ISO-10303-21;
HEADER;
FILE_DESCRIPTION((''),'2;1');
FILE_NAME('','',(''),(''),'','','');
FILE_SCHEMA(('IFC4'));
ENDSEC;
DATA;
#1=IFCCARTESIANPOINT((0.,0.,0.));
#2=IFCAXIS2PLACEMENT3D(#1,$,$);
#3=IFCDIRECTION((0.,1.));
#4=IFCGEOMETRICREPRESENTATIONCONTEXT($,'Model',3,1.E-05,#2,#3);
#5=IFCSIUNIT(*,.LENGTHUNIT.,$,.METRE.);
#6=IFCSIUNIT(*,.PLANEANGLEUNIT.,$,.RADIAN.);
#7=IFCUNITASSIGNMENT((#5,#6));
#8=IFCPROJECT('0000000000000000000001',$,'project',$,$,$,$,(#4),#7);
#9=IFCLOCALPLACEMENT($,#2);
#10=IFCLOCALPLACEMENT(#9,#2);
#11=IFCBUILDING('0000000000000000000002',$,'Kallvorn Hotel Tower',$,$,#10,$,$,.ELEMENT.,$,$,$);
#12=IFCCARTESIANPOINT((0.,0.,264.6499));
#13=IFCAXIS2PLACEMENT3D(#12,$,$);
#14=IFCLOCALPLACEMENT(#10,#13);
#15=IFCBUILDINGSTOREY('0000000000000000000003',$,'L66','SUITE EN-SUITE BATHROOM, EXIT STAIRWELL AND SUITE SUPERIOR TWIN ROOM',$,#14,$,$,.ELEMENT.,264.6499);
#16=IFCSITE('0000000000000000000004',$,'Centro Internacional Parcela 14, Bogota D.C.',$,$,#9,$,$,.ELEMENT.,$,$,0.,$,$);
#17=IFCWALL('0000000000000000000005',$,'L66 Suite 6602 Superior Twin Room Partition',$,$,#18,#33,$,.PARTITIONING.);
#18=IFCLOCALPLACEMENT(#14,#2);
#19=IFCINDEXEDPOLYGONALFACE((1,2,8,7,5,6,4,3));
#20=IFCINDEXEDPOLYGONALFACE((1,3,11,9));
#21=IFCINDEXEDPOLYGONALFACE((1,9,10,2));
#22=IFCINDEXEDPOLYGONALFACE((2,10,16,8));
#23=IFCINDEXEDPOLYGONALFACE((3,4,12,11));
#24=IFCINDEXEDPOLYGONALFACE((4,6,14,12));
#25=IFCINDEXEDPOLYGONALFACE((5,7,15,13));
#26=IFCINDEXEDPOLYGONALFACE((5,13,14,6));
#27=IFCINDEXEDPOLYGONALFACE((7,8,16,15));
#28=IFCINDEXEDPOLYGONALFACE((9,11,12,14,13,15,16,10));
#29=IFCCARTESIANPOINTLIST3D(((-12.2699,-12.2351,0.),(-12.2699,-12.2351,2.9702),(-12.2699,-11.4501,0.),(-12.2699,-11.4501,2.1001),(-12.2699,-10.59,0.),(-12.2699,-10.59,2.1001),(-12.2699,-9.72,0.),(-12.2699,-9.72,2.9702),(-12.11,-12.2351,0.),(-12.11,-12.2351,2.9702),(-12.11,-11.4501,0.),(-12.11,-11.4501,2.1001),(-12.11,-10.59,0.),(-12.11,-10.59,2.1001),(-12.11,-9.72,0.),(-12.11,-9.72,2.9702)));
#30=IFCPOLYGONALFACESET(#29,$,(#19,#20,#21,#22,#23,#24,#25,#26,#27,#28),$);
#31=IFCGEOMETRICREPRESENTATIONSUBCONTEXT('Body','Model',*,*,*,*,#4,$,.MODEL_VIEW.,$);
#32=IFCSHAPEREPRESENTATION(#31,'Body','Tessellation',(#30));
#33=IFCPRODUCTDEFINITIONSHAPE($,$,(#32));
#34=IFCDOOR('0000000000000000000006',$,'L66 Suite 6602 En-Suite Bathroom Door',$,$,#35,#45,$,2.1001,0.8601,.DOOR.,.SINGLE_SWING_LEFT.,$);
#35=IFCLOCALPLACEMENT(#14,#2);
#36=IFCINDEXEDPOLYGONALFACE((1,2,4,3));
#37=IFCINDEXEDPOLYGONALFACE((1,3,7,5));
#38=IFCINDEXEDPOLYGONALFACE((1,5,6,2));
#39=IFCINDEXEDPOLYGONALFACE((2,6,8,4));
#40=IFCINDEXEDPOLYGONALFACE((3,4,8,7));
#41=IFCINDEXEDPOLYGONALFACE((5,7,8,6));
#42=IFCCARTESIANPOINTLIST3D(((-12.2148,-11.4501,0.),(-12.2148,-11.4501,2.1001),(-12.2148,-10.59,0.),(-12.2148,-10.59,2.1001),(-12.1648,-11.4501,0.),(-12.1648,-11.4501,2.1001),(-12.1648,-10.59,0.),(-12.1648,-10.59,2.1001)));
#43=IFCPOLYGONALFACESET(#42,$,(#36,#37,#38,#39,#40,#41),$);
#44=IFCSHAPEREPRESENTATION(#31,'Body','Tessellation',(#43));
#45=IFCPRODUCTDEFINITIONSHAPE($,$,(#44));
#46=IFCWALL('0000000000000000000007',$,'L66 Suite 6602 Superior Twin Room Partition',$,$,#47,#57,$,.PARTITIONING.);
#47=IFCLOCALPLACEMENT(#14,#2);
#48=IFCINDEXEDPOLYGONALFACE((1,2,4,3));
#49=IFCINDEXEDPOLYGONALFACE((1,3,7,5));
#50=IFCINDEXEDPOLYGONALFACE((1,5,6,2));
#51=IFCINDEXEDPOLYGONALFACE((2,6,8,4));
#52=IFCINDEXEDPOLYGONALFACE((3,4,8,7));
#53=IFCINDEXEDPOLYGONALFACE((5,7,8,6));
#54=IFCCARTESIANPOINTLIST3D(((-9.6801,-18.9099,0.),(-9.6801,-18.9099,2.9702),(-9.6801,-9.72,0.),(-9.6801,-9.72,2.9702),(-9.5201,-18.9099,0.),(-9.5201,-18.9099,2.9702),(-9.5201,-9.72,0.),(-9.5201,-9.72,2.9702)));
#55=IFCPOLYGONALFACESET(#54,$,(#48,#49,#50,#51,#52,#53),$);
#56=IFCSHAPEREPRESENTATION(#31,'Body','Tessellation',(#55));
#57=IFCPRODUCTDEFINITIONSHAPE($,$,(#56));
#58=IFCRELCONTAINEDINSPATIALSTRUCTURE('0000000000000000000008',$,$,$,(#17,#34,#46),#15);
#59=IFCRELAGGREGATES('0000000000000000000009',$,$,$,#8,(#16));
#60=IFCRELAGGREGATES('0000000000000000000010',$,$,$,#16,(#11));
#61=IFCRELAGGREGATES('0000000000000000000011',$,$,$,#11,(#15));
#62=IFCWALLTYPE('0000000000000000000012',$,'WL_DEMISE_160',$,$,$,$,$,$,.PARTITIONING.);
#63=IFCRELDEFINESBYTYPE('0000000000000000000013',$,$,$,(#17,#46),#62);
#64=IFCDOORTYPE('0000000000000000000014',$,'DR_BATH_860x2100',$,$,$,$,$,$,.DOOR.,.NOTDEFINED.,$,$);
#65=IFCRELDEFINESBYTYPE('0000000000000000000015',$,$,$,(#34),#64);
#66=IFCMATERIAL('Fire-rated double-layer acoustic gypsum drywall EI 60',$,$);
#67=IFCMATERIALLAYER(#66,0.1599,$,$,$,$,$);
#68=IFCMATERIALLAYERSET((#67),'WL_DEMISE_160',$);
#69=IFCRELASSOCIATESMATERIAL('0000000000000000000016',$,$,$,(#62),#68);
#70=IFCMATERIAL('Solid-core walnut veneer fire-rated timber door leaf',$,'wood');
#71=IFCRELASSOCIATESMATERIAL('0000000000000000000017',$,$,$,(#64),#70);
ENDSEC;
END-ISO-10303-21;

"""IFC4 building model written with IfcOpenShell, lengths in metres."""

from ifc_helpers import new_model, si_unit, direction, frame, frame_2d, origin, place, context, subcontext, project, spatial, rectangle, extrude, material, layer, layer_set, type_object, element, fill, save


model = new_model("IFC4")

# Units and contexts
model_context = context("Model", 3, precision=1e-05, world=origin(), true_north=direction((0.0, 1.0)))
body_context = subcontext(model_context, "Body", "Model", "MODEL_VIEW")
ifc_project = project(units=[si_unit("LENGTHUNIT", "METRE"), si_unit("PLANEANGLEUNIT", "RADIAN")], contexts=[model_context])

# Site, building, storey
site_placement = place(None, origin())
site = spatial("IfcSite", under=ifc_project, at=site_placement, Name="Centro Internacional Parcela 14, Bogota D.C.", CompositionType="ELEMENT", RefElevation=0.0)
building_placement = place(site_placement, origin())
building = spatial("IfcBuilding", under=site, at=building_placement, Name="Kallvorn Hotel Tower", CompositionType="ELEMENT")
storey_placement = place(building_placement, frame((0.0, 0.0, 264.6499)))
storey = spatial("IfcBuildingStorey", under=building, at=storey_placement, Name="L66", Description="SUITE EN-SUITE BATHROOM, EXIT STAIRWELL AND SUITE SUPERIOR TWIN ROOM", CompositionType="ELEMENT", Elevation=264.6499)

# Shared definitions
ifc_material_1 = material(Name="Fire-rated double-layer acoustic gypsum drywall EI 60")
ifc_layer_1 = layer(ifc_material_1, 0.1599)
ifc_layer_set_1 = layer_set([ifc_layer_1], Name="WL_DEMISE_160")
wall_type = type_object("IfcWallType", Name="WL_DEMISE_160", PredefinedType="PARTITIONING", material=ifc_layer_set_1)

# Shared definitions
ifc_material_2 = material(Name="Solid-core walnut veneer fire-rated timber door leaf", Category="wood")
door_type = type_object("IfcDoorType", Name="DR_BATH_860x2100", OperationType="NOTDEFINED", PredefinedType="DOOR", material=ifc_material_2)

# Wall, opening, door
wall_1_placement = place(storey_placement, frame((-12.1899, -12.2351, 0.0), z_axis=(0.0, 0.0, 1.0), x_axis=(0.0, 1.0, 0.0)))
wall_1 = element("IfcWall", 1, at=wall_1_placement, inside=storey, type_object=wall_type, Name="L66 Suite 6602 Superior Twin Room Partition", PredefinedType="PARTITIONING", context=body_context, shape_type="SweptSolid", body=[
    extrude(rectangle(XDim=2.5151, YDim=0.1599, at=frame_2d((1.2576, 0.0))), origin(), (0.0, 0.0, 1.0), 2.9702),
])
opening_1_placement = place(wall_1_placement, frame((0.7849, 0.0, 0.0)))
opening_1 = element("IfcOpeningElement", 2, at=opening_1_placement, cuts=wall_1, PredefinedType="OPENING", context=body_context, shape_type="SweptSolid", body=[
    extrude(rectangle(XDim=0.8601, YDim=2.1001, at=frame_2d((0.4302, 1.05))), frame((0.0, 0.095, 0.0), z_axis=(0.0, -1.0, 0.0), x_axis=(1.0, 0.0, 0.0)), (0.0, 0.0, 1.0), 0.1899),
])
door_1_placement = place(opening_1_placement, origin())
door_1 = element("IfcDoor", 3, at=door_1_placement, inside=storey, type_object=door_type, Name="L66 Suite 6602 En-Suite Bathroom Door", OperationType="SINGLE_SWING_LEFT", OverallHeight=2.1001, OverallWidth=0.8601, PredefinedType="DOOR", context=body_context, shape_type="SweptSolid", body=[
    extrude(rectangle(XDim=0.8601, YDim=2.1001, at=frame_2d((0.4302, 1.05))), frame((0.0, 0.0249, 0.0), z_axis=(0.0, -1.0, 0.0), x_axis=(1.0, 0.0, 0.0)), (0.0, 0.0, 1.0), 0.05),
])
fill(opening_1, door_1)

# Wall
wall_2_placement = place(storey_placement, frame((-9.6001, -18.9099, 0.0), z_axis=(0.0, 0.0, 1.0), x_axis=(0.0, 1.0, 0.0)))
element("IfcWall", 4, at=wall_2_placement, inside=storey, type_object=wall_type, Name="L66 Suite 6602 Superior Twin Room Partition", PredefinedType="PARTITIONING", context=body_context, shape_type="SweptSolid", body=[
    extrude(rectangle(XDim=9.1899, YDim=0.1599, at=frame_2d((4.595, 0.0))), origin(), (0.0, 0.0, 1.0), 2.9702),
])

save(model, "model.ifc")
